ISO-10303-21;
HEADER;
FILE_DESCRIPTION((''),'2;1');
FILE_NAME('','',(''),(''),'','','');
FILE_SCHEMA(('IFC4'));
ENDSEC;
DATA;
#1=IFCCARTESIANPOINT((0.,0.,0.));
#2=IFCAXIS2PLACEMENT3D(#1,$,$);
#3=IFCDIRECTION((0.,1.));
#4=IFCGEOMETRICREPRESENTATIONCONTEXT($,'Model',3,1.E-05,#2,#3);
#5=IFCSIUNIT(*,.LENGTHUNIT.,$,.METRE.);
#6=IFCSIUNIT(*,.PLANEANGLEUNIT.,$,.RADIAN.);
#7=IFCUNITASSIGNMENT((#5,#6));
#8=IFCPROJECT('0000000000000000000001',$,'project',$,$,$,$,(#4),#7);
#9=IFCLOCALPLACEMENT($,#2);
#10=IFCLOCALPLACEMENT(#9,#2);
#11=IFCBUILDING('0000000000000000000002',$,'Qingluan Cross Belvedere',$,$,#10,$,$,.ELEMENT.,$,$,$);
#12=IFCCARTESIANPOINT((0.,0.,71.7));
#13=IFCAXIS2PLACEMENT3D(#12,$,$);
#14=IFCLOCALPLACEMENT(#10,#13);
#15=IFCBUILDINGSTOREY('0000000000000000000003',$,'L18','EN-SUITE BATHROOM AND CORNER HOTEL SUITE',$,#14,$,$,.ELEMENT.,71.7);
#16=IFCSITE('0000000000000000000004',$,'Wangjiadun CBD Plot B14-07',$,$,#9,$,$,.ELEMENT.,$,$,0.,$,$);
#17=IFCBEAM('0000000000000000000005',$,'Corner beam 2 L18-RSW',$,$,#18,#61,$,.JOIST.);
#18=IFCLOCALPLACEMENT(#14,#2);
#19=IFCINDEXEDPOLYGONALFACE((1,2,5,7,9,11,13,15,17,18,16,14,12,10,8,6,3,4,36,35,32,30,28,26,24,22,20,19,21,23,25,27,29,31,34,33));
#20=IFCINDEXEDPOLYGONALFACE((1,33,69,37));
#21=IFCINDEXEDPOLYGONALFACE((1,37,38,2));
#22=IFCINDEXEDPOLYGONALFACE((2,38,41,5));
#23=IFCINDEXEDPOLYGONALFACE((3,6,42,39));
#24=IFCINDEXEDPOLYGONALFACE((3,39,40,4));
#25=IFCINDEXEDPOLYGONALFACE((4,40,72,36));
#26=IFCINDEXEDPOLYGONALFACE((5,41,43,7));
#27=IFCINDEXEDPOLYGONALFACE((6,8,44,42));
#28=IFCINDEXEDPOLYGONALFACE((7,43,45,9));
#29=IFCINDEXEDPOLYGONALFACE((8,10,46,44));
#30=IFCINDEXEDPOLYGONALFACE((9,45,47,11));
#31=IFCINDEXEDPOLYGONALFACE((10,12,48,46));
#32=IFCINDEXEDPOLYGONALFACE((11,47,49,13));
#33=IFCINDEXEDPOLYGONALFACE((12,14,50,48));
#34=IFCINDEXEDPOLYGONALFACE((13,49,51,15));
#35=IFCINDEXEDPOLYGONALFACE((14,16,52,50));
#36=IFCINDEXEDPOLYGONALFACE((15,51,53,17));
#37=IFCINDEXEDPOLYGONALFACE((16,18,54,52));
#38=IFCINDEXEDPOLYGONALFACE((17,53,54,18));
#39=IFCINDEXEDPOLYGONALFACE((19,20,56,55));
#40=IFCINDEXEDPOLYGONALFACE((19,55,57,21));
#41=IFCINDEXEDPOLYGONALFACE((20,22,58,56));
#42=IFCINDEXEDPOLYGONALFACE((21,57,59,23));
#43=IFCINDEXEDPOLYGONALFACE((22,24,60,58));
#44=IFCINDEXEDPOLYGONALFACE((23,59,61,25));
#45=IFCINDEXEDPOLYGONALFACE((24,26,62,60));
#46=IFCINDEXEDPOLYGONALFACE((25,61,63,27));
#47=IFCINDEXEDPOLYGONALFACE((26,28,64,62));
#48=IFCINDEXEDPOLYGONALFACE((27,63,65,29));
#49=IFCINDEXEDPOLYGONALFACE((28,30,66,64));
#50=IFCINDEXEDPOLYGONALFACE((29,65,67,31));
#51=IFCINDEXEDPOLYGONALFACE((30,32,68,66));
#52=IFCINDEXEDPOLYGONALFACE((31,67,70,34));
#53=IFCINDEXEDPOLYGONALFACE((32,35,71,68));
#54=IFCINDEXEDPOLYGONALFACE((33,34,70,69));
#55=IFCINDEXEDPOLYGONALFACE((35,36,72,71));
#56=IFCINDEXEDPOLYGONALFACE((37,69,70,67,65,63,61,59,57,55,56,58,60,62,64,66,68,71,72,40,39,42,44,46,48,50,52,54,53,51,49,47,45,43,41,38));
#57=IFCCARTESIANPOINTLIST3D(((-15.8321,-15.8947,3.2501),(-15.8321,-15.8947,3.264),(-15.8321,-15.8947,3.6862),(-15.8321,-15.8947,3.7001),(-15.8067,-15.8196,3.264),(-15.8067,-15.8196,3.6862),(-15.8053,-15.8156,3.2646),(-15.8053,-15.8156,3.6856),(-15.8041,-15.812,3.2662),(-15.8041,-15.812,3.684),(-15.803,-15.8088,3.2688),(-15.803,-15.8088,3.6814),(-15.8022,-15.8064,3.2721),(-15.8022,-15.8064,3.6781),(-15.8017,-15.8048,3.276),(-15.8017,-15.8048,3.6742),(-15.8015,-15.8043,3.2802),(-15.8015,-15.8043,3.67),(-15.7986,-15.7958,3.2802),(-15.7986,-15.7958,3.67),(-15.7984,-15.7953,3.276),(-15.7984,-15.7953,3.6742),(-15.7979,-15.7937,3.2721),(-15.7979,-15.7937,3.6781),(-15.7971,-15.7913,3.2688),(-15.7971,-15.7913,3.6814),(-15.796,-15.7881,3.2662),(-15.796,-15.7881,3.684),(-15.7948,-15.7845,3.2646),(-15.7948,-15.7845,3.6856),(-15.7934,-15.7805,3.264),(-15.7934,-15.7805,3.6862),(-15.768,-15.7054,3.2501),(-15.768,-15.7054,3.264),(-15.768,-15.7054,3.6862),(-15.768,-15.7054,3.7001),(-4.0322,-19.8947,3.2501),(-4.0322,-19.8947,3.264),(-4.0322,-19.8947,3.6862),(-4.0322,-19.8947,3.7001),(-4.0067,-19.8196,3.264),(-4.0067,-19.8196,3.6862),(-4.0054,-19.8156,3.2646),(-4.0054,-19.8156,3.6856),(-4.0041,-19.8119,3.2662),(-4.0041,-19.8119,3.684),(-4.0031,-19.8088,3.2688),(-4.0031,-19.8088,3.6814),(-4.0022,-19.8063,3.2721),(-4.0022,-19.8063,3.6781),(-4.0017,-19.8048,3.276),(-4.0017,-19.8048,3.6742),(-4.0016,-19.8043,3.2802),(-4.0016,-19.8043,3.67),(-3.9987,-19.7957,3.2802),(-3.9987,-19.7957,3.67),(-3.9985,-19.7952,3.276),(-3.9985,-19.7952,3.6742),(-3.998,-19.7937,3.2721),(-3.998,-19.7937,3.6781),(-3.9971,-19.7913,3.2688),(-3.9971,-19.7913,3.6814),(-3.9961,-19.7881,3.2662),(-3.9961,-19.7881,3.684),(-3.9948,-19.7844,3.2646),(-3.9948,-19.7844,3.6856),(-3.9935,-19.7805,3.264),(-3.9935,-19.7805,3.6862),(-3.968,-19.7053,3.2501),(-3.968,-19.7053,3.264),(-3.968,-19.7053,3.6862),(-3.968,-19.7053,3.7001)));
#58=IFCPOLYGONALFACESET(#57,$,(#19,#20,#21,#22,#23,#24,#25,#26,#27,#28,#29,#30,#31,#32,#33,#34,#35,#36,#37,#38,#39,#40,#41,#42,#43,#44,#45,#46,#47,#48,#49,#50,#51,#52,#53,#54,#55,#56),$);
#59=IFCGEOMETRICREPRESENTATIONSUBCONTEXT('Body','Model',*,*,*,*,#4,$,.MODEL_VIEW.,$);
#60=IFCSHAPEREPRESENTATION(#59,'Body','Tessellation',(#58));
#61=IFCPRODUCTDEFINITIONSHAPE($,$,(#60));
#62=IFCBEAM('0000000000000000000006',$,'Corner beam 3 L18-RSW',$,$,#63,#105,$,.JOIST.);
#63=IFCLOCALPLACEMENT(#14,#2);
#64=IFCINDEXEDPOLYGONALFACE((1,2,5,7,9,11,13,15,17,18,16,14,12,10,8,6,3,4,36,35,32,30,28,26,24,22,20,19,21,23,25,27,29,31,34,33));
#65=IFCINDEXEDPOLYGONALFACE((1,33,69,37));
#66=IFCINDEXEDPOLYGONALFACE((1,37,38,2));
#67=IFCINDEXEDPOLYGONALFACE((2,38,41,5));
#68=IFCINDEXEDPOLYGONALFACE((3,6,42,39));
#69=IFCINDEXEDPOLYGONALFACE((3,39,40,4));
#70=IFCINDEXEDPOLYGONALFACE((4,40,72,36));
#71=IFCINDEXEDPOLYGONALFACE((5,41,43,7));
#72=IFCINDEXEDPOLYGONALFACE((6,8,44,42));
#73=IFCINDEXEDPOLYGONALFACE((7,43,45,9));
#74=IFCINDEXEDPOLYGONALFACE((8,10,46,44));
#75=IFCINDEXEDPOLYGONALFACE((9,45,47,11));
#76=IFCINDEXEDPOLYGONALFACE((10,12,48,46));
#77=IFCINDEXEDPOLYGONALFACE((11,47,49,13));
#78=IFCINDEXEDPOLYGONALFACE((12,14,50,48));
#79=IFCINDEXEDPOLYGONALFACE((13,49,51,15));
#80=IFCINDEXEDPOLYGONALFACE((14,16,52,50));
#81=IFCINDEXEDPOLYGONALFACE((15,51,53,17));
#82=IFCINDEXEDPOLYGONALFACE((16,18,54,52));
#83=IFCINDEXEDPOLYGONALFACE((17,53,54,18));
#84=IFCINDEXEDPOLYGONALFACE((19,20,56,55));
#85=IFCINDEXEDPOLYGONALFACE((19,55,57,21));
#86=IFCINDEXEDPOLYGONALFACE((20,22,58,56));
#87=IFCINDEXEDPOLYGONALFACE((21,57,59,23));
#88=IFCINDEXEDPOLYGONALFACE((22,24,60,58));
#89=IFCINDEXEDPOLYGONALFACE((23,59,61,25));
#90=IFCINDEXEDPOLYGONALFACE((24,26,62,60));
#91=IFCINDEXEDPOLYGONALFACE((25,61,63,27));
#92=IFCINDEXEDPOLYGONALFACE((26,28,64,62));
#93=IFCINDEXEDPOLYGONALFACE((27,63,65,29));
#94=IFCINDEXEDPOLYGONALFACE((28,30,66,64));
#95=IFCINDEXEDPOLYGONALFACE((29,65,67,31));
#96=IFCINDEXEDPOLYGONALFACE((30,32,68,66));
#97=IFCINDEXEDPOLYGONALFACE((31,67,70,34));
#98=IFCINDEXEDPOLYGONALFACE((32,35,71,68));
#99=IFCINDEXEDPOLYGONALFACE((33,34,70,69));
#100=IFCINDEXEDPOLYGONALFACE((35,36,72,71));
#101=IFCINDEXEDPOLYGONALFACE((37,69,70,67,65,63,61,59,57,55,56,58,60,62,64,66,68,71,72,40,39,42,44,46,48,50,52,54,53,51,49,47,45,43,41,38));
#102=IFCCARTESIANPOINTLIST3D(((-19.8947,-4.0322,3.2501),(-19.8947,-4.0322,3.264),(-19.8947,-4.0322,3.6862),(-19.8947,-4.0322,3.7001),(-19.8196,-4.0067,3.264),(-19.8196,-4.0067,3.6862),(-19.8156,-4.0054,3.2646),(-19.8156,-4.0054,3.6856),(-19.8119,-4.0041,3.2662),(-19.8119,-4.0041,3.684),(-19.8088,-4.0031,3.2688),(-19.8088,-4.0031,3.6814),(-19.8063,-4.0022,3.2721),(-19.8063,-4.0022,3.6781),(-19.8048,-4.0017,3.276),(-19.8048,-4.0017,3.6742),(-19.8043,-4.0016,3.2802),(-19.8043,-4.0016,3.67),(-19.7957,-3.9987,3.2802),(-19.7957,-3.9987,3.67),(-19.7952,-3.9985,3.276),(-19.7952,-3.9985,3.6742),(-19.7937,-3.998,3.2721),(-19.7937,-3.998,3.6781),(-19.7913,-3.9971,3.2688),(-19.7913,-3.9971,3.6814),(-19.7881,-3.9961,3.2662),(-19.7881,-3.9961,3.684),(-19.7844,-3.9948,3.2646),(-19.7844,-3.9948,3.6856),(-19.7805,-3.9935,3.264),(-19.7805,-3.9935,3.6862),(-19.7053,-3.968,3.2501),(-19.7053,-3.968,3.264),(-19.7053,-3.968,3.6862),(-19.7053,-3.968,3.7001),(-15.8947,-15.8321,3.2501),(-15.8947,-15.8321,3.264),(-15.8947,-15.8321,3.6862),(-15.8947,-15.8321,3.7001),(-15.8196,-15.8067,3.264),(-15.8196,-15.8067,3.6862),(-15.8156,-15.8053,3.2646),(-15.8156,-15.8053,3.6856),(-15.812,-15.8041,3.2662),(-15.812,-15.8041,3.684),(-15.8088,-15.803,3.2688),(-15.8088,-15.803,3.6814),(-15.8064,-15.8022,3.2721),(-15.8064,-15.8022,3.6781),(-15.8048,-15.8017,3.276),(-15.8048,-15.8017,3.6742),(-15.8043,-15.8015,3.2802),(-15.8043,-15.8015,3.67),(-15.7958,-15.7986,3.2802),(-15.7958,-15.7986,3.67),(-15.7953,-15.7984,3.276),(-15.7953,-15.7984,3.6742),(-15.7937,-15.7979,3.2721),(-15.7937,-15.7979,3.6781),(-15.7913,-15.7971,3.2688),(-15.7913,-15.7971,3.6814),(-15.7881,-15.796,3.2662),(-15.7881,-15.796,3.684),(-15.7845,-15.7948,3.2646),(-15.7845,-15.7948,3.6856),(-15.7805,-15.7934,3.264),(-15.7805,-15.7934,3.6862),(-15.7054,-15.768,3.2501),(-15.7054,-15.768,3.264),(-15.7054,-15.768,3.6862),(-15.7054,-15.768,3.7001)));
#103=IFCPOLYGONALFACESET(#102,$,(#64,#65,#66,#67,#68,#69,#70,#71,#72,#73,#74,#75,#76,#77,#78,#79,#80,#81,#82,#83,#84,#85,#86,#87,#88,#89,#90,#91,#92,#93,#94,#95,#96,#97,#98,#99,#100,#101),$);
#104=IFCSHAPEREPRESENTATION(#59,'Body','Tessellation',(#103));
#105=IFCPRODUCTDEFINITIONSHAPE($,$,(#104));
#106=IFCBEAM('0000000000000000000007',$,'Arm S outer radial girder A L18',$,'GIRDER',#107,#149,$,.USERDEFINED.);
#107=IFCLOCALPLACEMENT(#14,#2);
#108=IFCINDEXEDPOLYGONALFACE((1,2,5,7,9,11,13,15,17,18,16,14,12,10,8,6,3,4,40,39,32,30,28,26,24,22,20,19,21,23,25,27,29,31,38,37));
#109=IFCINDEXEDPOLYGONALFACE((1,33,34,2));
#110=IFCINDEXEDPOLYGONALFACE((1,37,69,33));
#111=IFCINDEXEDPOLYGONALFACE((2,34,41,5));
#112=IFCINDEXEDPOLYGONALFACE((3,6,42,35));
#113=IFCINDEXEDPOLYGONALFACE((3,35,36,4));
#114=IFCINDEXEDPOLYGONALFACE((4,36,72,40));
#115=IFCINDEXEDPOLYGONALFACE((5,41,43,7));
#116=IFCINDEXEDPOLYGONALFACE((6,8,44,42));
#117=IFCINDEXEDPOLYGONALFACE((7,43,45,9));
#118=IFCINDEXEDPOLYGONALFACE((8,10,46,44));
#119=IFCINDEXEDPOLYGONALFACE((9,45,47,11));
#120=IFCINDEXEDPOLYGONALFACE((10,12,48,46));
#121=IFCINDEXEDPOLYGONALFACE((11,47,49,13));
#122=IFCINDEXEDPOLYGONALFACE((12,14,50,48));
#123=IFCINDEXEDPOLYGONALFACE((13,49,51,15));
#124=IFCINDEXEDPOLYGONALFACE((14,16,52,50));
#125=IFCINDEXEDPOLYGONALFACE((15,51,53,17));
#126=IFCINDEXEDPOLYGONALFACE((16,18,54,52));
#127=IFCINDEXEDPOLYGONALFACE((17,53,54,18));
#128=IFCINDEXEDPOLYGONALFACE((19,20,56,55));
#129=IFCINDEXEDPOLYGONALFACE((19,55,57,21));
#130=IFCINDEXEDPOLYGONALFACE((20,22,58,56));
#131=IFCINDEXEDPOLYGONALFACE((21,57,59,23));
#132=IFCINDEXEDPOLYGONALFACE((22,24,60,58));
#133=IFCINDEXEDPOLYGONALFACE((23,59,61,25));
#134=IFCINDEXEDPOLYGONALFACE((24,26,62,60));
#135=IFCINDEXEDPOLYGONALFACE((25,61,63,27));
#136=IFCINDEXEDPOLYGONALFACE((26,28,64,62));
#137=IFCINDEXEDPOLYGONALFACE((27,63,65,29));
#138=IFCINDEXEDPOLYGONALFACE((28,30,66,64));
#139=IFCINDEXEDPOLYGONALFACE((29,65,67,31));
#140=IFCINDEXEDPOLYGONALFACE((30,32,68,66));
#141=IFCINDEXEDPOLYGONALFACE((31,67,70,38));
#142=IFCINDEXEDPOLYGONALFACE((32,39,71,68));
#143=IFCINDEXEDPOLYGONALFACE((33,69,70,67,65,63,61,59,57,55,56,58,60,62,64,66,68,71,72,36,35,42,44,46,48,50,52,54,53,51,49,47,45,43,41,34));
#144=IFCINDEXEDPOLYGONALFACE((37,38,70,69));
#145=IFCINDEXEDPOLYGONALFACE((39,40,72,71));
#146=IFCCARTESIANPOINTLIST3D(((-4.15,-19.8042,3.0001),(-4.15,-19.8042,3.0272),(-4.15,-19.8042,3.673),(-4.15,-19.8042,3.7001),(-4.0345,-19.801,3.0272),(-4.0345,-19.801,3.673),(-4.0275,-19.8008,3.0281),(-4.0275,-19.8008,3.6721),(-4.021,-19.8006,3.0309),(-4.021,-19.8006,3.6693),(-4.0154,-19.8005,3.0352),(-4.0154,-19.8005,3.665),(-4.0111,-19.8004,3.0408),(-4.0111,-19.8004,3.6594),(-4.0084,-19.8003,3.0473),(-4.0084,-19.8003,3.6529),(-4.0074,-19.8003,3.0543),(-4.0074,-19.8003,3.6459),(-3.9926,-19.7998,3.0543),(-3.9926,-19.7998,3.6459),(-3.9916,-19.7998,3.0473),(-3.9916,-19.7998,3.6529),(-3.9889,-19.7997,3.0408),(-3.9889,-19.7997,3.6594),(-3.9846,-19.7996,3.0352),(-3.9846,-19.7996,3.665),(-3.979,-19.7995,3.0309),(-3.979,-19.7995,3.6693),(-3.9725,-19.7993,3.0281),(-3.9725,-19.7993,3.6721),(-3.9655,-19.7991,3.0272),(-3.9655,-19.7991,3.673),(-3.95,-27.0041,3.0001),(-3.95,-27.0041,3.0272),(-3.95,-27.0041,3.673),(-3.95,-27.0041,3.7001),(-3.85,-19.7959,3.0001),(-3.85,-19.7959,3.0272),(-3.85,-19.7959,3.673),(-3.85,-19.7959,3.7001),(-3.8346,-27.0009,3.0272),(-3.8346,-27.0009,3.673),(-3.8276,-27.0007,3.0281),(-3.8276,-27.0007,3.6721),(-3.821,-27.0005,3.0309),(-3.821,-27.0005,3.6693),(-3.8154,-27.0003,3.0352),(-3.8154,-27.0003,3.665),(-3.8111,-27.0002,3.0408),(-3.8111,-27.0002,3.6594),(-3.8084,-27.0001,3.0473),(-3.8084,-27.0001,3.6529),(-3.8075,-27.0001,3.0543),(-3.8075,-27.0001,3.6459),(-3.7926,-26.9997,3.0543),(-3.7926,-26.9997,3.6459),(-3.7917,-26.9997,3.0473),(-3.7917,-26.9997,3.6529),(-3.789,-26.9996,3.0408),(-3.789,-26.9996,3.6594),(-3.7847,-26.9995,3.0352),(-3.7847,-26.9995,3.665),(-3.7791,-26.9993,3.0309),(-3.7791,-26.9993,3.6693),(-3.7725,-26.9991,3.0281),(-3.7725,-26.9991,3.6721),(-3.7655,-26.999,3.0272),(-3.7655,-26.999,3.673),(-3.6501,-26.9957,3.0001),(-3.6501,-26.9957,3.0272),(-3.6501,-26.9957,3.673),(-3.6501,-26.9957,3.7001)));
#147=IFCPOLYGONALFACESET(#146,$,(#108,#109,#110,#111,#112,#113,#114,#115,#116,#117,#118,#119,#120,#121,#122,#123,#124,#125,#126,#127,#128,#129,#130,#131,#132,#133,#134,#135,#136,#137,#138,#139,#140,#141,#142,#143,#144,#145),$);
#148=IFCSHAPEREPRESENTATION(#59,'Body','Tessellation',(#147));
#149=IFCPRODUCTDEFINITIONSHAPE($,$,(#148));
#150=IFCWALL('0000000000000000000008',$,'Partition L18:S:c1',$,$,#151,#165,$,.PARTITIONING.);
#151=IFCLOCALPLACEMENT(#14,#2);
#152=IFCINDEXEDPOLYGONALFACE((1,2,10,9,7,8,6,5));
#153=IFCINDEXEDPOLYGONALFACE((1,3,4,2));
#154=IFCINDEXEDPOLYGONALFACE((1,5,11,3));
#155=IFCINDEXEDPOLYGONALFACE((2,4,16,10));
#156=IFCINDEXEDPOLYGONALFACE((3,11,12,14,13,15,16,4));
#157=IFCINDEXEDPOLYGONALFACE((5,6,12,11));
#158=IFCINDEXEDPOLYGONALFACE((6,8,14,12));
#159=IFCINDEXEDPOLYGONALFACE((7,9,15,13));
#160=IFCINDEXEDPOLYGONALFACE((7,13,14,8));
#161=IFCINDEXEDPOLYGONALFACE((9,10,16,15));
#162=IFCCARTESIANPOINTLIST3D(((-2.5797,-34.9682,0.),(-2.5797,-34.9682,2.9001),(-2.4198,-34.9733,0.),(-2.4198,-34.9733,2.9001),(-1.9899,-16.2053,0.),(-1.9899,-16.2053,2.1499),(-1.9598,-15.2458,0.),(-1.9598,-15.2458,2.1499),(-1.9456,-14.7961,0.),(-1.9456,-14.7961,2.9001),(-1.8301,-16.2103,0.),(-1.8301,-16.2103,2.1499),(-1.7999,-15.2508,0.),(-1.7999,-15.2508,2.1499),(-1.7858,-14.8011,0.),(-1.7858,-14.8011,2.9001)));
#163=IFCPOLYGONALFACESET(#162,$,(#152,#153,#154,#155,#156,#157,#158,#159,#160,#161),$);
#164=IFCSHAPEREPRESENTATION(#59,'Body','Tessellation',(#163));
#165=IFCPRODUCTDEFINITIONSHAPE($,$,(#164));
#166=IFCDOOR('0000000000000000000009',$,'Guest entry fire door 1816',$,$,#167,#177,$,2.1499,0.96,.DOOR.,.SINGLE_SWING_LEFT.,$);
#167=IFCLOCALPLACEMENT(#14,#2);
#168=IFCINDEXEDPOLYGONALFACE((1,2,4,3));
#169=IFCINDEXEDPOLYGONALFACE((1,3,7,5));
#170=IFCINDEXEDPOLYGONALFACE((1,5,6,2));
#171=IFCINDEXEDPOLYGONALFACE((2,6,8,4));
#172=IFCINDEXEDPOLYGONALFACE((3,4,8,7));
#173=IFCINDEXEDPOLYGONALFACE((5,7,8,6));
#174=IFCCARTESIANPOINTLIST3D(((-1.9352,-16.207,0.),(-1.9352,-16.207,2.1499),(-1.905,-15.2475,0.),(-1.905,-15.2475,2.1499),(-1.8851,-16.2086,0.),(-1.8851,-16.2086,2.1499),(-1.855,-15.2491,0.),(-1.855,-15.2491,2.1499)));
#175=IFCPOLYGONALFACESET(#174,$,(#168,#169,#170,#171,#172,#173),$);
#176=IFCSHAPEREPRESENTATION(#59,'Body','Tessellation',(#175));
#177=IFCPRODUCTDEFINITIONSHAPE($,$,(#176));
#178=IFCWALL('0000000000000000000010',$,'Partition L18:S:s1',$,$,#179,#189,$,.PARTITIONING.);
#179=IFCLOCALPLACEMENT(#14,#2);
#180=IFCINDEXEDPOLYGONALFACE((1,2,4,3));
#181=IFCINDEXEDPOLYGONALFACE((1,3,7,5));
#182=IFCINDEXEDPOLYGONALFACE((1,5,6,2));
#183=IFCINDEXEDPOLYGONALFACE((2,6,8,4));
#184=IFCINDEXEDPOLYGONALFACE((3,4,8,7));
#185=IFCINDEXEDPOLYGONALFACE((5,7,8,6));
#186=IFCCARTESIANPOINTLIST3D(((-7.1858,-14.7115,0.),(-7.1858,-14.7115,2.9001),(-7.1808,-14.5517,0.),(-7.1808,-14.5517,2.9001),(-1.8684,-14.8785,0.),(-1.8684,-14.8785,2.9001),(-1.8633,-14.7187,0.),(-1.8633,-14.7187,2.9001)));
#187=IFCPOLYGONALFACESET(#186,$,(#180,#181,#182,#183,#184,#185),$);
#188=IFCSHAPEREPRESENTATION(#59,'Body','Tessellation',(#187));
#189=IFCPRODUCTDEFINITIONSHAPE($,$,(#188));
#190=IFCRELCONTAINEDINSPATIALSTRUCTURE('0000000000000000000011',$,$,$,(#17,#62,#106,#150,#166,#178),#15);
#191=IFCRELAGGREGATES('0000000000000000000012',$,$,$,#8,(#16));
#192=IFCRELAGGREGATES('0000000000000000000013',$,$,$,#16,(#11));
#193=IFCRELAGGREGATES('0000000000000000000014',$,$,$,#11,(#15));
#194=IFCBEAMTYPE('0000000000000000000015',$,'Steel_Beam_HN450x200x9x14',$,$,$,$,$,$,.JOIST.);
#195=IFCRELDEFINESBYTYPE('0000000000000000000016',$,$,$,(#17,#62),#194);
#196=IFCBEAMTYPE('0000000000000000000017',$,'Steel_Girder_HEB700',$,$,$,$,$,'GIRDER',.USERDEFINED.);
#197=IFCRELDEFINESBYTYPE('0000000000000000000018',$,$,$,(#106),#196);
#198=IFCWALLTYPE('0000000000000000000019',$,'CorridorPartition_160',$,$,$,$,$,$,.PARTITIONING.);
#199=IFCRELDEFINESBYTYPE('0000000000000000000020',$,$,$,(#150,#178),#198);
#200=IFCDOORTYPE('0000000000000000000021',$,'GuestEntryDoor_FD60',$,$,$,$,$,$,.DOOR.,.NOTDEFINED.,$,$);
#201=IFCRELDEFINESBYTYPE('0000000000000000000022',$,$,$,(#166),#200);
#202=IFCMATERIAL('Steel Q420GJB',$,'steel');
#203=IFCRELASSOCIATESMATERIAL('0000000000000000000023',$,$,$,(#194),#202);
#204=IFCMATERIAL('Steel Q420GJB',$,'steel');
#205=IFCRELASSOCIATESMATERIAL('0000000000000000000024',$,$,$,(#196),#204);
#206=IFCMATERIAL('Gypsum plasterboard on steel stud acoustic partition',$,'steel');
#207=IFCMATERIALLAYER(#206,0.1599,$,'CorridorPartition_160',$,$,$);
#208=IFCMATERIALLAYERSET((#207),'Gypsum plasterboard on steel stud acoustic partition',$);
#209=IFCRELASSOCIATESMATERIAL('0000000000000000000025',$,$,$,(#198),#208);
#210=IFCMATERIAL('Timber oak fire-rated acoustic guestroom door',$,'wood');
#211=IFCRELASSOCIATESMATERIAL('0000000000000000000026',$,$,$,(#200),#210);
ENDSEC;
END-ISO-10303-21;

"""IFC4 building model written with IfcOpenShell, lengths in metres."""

from ifc_helpers import new_model, si_unit, direction, frame, frame_2d, origin, origin_2d, place, context, subcontext, project, spatial, rectangle, i_section, extrude, material, layer, layer_set, material_profile, profile_set, type_object, element, fill, save


model = new_model("IFC4")

# Units and contexts
model_context = context("Model", 3, precision=1e-05, world=origin(), true_north=direction((0.0, 1.0)))
body_context = subcontext(model_context, "Body", "Model", "MODEL_VIEW")
ifc_project = project(units=[si_unit("LENGTHUNIT", "METRE"), si_unit("PLANEANGLEUNIT", "RADIAN")], contexts=[model_context])

# Site, building, storey
site_placement = place(None, origin())
site = spatial("IfcSite", under=ifc_project, at=site_placement, Name="Wangjiadun CBD Plot B14-07", CompositionType="ELEMENT", RefElevation=0.0)
building_placement = place(site_placement, origin())
building = spatial("IfcBuilding", under=site, at=building_placement, Name="Qingluan Cross Belvedere", CompositionType="ELEMENT")
storey_placement = place(building_placement, frame((0.0, 0.0, 71.7)))
storey = spatial("IfcBuildingStorey", under=building, at=storey_placement, Name="L18", Description="EN-SUITE BATHROOM AND CORNER HOTEL SUITE", CompositionType="ELEMENT", Elevation=71.7)

# Beams
ifc_material_1 = material(Name="Steel Q420GJB", Category="steel")
ifc_material_profile_1 = material_profile(ifc_material_1, i_section(OverallWidth=0.2, OverallDepth=0.45, WebThickness=0.009, FlangeThickness=0.0139, FilletRadius=0.0161, at=origin_2d()), Name="HN450x200x9x14")
ifc_profile_set_1 = profile_set([ifc_material_profile_1], Name="Steel Q420GJB")
beam_type_1 = type_object("IfcBeamType", Name="Steel_Beam_HN450x200x9x14", PredefinedType="JOIST", material=ifc_profile_set_1)
for number, where, z_axis, x_axis, name in (
    (1, (-15.8, -15.8, 3.4751), (0.947066, -0.321038, 0.0), (0.321038, 0.947066, 0.0), "Corner beam 2 L18-RSW"),
    (2, (-15.8, -15.8, 3.4751), (-0.321038, 0.947066, 0.0), (-0.947066, -0.321038, 0.0), "Corner beam 3 L18-RSW"),
):
    element("IfcBeam", number, at=place(storey_placement, frame(where, z_axis=z_axis, x_axis=x_axis)), inside=storey, type_object=beam_type_1, Name=name, PredefinedType="JOIST", context=body_context, shape_type="SweptSolid", body=[
        extrude(i_section(OverallWidth=0.2, OverallDepth=0.45, WebThickness=0.009, FlangeThickness=0.0139, FilletRadius=0.0161, at=origin_2d()), origin(), (0.0, 0.0, 1.0), 12.4595),
    ])
ifc_material_2 = material(Name="Steel Q420GJB", Category="steel")
ifc_material_profile_2 = material_profile(ifc_material_2, i_section(OverallWidth=0.3, OverallDepth=0.7, WebThickness=0.0149, FlangeThickness=0.0271, FilletRadius=0.0271, at=origin_2d()), Name="HEB700")
ifc_profile_set_2 = profile_set([ifc_material_profile_2], Name="Steel Q420GJB")
beam_type_2 = type_object("IfcBeamType", Name="Steel_Girder_HEB700", ElementType="GIRDER", PredefinedType="USERDEFINED", material=ifc_profile_set_2)
beam_1_placement = place(storey_placement, frame((-4.0, -19.8, 3.3501), z_axis=(0.02776, -0.999615, 0.0), x_axis=(0.999615, 0.02776, 0.0)))
element("IfcBeam", 3, at=beam_1_placement, inside=storey, type_object=beam_type_2, Name="Arm S outer radial girder A L18", ObjectType="GIRDER", PredefinedType="USERDEFINED", context=body_context, shape_type="SweptSolid", body=[
    extrude(i_section(OverallWidth=0.3, OverallDepth=0.7, WebThickness=0.0149, FlangeThickness=0.0271, FilletRadius=0.0271, at=origin_2d()), origin(), (0.0, 0.0, 1.0), 7.2026),
])

# Wall, opening, door
ifc_material_3 = material(Name="Gypsum plasterboard on steel stud acoustic partition", Category="steel")
ifc_layer_1 = layer(ifc_material_3, 0.1599, Name="CorridorPartition_160")
ifc_layer_set_1 = layer_set([ifc_layer_1], Name="Gypsum plasterboard on steel stud acoustic partition")
wall_type_1 = type_object("IfcWallType", Name="CorridorPartition_160", PredefinedType="PARTITIONING", material=ifc_layer_set_1)
wall_1_placement = place(storey_placement, frame((-1.8657, -14.7986, 0.0), z_axis=(0.0, 0.0, 1.0), x_axis=(-0.031416, -0.999506, 0.0)))
wall_1 = element("IfcWall", 4, at=wall_1_placement, inside=storey, type_object=wall_type_1, Name="Partition L18:S:c1", PredefinedType="PARTITIONING", context=body_context, shape_type="SweptSolid", body=[
    extrude(rectangle(XDim=20.1821, YDim=0.1599, at=frame_2d((10.0911, 0.0))), origin(), (0.0, 0.0, 1.0), 2.9001),
])
opening_1_placement = place(wall_1_placement, frame((0.45, 0.0, 0.0)))
opening_1 = element("IfcOpeningElement", 5, at=opening_1_placement, cuts=wall_1, PredefinedType="OPENING", context=body_context, shape_type="SweptSolid", body=[
    extrude(rectangle(XDim=0.96, YDim=2.1499, at=frame_2d((0.48, 1.075))), frame((0.0, 0.0898, 0.0), z_axis=(0.0, -1.0, 0.0), x_axis=(1.0, 0.0, 0.0)), (0.0, 0.0, 1.0), 0.1799),
])
ifc_material_4 = material(Name="Timber oak fire-rated acoustic guestroom door", Category="wood")
door_type_1 = type_object("IfcDoorType", Name="GuestEntryDoor_FD60", OperationType="NOTDEFINED", PredefinedType="DOOR", material=ifc_material_4)
door_1_placement = place(opening_1_placement, origin())
door_1 = element("IfcDoor", 6, at=door_1_placement, inside=storey, type_object=door_type_1, Name="Guest entry fire door 1816", OperationType="SINGLE_SWING_LEFT", OverallHeight=2.1499, OverallWidth=0.96, PredefinedType="DOOR", context=body_context, shape_type="SweptSolid", body=[
    extrude(rectangle(XDim=0.96, YDim=2.1499, at=frame_2d((0.48, 1.075))), frame((0.0, 0.0249, 0.0), z_axis=(0.0, -1.0, 0.0), x_axis=(1.0, 0.0, 0.0)), (0.0, 0.0, 1.0), 0.05),
])
fill(opening_1, door_1)

# Wall
wall_2_placement = place(storey_placement, frame((-1.8657, -14.7986, 0.0), z_axis=(0.0, 0.0, 1.0), x_axis=(-0.999507, 0.031389, 0.0)))
element("IfcWall", 7, at=wall_2_placement, inside=storey, type_object=wall_type_1, Name="Partition L18:S:s1", PredefinedType="PARTITIONING", context=body_context, shape_type="SweptSolid", body=[
    extrude(rectangle(XDim=5.3201, YDim=0.1599, at=frame_2d((2.6602, 0.0))), origin(), (0.0, 0.0, 1.0), 2.9001),
])

save(model, "model.ifc")
